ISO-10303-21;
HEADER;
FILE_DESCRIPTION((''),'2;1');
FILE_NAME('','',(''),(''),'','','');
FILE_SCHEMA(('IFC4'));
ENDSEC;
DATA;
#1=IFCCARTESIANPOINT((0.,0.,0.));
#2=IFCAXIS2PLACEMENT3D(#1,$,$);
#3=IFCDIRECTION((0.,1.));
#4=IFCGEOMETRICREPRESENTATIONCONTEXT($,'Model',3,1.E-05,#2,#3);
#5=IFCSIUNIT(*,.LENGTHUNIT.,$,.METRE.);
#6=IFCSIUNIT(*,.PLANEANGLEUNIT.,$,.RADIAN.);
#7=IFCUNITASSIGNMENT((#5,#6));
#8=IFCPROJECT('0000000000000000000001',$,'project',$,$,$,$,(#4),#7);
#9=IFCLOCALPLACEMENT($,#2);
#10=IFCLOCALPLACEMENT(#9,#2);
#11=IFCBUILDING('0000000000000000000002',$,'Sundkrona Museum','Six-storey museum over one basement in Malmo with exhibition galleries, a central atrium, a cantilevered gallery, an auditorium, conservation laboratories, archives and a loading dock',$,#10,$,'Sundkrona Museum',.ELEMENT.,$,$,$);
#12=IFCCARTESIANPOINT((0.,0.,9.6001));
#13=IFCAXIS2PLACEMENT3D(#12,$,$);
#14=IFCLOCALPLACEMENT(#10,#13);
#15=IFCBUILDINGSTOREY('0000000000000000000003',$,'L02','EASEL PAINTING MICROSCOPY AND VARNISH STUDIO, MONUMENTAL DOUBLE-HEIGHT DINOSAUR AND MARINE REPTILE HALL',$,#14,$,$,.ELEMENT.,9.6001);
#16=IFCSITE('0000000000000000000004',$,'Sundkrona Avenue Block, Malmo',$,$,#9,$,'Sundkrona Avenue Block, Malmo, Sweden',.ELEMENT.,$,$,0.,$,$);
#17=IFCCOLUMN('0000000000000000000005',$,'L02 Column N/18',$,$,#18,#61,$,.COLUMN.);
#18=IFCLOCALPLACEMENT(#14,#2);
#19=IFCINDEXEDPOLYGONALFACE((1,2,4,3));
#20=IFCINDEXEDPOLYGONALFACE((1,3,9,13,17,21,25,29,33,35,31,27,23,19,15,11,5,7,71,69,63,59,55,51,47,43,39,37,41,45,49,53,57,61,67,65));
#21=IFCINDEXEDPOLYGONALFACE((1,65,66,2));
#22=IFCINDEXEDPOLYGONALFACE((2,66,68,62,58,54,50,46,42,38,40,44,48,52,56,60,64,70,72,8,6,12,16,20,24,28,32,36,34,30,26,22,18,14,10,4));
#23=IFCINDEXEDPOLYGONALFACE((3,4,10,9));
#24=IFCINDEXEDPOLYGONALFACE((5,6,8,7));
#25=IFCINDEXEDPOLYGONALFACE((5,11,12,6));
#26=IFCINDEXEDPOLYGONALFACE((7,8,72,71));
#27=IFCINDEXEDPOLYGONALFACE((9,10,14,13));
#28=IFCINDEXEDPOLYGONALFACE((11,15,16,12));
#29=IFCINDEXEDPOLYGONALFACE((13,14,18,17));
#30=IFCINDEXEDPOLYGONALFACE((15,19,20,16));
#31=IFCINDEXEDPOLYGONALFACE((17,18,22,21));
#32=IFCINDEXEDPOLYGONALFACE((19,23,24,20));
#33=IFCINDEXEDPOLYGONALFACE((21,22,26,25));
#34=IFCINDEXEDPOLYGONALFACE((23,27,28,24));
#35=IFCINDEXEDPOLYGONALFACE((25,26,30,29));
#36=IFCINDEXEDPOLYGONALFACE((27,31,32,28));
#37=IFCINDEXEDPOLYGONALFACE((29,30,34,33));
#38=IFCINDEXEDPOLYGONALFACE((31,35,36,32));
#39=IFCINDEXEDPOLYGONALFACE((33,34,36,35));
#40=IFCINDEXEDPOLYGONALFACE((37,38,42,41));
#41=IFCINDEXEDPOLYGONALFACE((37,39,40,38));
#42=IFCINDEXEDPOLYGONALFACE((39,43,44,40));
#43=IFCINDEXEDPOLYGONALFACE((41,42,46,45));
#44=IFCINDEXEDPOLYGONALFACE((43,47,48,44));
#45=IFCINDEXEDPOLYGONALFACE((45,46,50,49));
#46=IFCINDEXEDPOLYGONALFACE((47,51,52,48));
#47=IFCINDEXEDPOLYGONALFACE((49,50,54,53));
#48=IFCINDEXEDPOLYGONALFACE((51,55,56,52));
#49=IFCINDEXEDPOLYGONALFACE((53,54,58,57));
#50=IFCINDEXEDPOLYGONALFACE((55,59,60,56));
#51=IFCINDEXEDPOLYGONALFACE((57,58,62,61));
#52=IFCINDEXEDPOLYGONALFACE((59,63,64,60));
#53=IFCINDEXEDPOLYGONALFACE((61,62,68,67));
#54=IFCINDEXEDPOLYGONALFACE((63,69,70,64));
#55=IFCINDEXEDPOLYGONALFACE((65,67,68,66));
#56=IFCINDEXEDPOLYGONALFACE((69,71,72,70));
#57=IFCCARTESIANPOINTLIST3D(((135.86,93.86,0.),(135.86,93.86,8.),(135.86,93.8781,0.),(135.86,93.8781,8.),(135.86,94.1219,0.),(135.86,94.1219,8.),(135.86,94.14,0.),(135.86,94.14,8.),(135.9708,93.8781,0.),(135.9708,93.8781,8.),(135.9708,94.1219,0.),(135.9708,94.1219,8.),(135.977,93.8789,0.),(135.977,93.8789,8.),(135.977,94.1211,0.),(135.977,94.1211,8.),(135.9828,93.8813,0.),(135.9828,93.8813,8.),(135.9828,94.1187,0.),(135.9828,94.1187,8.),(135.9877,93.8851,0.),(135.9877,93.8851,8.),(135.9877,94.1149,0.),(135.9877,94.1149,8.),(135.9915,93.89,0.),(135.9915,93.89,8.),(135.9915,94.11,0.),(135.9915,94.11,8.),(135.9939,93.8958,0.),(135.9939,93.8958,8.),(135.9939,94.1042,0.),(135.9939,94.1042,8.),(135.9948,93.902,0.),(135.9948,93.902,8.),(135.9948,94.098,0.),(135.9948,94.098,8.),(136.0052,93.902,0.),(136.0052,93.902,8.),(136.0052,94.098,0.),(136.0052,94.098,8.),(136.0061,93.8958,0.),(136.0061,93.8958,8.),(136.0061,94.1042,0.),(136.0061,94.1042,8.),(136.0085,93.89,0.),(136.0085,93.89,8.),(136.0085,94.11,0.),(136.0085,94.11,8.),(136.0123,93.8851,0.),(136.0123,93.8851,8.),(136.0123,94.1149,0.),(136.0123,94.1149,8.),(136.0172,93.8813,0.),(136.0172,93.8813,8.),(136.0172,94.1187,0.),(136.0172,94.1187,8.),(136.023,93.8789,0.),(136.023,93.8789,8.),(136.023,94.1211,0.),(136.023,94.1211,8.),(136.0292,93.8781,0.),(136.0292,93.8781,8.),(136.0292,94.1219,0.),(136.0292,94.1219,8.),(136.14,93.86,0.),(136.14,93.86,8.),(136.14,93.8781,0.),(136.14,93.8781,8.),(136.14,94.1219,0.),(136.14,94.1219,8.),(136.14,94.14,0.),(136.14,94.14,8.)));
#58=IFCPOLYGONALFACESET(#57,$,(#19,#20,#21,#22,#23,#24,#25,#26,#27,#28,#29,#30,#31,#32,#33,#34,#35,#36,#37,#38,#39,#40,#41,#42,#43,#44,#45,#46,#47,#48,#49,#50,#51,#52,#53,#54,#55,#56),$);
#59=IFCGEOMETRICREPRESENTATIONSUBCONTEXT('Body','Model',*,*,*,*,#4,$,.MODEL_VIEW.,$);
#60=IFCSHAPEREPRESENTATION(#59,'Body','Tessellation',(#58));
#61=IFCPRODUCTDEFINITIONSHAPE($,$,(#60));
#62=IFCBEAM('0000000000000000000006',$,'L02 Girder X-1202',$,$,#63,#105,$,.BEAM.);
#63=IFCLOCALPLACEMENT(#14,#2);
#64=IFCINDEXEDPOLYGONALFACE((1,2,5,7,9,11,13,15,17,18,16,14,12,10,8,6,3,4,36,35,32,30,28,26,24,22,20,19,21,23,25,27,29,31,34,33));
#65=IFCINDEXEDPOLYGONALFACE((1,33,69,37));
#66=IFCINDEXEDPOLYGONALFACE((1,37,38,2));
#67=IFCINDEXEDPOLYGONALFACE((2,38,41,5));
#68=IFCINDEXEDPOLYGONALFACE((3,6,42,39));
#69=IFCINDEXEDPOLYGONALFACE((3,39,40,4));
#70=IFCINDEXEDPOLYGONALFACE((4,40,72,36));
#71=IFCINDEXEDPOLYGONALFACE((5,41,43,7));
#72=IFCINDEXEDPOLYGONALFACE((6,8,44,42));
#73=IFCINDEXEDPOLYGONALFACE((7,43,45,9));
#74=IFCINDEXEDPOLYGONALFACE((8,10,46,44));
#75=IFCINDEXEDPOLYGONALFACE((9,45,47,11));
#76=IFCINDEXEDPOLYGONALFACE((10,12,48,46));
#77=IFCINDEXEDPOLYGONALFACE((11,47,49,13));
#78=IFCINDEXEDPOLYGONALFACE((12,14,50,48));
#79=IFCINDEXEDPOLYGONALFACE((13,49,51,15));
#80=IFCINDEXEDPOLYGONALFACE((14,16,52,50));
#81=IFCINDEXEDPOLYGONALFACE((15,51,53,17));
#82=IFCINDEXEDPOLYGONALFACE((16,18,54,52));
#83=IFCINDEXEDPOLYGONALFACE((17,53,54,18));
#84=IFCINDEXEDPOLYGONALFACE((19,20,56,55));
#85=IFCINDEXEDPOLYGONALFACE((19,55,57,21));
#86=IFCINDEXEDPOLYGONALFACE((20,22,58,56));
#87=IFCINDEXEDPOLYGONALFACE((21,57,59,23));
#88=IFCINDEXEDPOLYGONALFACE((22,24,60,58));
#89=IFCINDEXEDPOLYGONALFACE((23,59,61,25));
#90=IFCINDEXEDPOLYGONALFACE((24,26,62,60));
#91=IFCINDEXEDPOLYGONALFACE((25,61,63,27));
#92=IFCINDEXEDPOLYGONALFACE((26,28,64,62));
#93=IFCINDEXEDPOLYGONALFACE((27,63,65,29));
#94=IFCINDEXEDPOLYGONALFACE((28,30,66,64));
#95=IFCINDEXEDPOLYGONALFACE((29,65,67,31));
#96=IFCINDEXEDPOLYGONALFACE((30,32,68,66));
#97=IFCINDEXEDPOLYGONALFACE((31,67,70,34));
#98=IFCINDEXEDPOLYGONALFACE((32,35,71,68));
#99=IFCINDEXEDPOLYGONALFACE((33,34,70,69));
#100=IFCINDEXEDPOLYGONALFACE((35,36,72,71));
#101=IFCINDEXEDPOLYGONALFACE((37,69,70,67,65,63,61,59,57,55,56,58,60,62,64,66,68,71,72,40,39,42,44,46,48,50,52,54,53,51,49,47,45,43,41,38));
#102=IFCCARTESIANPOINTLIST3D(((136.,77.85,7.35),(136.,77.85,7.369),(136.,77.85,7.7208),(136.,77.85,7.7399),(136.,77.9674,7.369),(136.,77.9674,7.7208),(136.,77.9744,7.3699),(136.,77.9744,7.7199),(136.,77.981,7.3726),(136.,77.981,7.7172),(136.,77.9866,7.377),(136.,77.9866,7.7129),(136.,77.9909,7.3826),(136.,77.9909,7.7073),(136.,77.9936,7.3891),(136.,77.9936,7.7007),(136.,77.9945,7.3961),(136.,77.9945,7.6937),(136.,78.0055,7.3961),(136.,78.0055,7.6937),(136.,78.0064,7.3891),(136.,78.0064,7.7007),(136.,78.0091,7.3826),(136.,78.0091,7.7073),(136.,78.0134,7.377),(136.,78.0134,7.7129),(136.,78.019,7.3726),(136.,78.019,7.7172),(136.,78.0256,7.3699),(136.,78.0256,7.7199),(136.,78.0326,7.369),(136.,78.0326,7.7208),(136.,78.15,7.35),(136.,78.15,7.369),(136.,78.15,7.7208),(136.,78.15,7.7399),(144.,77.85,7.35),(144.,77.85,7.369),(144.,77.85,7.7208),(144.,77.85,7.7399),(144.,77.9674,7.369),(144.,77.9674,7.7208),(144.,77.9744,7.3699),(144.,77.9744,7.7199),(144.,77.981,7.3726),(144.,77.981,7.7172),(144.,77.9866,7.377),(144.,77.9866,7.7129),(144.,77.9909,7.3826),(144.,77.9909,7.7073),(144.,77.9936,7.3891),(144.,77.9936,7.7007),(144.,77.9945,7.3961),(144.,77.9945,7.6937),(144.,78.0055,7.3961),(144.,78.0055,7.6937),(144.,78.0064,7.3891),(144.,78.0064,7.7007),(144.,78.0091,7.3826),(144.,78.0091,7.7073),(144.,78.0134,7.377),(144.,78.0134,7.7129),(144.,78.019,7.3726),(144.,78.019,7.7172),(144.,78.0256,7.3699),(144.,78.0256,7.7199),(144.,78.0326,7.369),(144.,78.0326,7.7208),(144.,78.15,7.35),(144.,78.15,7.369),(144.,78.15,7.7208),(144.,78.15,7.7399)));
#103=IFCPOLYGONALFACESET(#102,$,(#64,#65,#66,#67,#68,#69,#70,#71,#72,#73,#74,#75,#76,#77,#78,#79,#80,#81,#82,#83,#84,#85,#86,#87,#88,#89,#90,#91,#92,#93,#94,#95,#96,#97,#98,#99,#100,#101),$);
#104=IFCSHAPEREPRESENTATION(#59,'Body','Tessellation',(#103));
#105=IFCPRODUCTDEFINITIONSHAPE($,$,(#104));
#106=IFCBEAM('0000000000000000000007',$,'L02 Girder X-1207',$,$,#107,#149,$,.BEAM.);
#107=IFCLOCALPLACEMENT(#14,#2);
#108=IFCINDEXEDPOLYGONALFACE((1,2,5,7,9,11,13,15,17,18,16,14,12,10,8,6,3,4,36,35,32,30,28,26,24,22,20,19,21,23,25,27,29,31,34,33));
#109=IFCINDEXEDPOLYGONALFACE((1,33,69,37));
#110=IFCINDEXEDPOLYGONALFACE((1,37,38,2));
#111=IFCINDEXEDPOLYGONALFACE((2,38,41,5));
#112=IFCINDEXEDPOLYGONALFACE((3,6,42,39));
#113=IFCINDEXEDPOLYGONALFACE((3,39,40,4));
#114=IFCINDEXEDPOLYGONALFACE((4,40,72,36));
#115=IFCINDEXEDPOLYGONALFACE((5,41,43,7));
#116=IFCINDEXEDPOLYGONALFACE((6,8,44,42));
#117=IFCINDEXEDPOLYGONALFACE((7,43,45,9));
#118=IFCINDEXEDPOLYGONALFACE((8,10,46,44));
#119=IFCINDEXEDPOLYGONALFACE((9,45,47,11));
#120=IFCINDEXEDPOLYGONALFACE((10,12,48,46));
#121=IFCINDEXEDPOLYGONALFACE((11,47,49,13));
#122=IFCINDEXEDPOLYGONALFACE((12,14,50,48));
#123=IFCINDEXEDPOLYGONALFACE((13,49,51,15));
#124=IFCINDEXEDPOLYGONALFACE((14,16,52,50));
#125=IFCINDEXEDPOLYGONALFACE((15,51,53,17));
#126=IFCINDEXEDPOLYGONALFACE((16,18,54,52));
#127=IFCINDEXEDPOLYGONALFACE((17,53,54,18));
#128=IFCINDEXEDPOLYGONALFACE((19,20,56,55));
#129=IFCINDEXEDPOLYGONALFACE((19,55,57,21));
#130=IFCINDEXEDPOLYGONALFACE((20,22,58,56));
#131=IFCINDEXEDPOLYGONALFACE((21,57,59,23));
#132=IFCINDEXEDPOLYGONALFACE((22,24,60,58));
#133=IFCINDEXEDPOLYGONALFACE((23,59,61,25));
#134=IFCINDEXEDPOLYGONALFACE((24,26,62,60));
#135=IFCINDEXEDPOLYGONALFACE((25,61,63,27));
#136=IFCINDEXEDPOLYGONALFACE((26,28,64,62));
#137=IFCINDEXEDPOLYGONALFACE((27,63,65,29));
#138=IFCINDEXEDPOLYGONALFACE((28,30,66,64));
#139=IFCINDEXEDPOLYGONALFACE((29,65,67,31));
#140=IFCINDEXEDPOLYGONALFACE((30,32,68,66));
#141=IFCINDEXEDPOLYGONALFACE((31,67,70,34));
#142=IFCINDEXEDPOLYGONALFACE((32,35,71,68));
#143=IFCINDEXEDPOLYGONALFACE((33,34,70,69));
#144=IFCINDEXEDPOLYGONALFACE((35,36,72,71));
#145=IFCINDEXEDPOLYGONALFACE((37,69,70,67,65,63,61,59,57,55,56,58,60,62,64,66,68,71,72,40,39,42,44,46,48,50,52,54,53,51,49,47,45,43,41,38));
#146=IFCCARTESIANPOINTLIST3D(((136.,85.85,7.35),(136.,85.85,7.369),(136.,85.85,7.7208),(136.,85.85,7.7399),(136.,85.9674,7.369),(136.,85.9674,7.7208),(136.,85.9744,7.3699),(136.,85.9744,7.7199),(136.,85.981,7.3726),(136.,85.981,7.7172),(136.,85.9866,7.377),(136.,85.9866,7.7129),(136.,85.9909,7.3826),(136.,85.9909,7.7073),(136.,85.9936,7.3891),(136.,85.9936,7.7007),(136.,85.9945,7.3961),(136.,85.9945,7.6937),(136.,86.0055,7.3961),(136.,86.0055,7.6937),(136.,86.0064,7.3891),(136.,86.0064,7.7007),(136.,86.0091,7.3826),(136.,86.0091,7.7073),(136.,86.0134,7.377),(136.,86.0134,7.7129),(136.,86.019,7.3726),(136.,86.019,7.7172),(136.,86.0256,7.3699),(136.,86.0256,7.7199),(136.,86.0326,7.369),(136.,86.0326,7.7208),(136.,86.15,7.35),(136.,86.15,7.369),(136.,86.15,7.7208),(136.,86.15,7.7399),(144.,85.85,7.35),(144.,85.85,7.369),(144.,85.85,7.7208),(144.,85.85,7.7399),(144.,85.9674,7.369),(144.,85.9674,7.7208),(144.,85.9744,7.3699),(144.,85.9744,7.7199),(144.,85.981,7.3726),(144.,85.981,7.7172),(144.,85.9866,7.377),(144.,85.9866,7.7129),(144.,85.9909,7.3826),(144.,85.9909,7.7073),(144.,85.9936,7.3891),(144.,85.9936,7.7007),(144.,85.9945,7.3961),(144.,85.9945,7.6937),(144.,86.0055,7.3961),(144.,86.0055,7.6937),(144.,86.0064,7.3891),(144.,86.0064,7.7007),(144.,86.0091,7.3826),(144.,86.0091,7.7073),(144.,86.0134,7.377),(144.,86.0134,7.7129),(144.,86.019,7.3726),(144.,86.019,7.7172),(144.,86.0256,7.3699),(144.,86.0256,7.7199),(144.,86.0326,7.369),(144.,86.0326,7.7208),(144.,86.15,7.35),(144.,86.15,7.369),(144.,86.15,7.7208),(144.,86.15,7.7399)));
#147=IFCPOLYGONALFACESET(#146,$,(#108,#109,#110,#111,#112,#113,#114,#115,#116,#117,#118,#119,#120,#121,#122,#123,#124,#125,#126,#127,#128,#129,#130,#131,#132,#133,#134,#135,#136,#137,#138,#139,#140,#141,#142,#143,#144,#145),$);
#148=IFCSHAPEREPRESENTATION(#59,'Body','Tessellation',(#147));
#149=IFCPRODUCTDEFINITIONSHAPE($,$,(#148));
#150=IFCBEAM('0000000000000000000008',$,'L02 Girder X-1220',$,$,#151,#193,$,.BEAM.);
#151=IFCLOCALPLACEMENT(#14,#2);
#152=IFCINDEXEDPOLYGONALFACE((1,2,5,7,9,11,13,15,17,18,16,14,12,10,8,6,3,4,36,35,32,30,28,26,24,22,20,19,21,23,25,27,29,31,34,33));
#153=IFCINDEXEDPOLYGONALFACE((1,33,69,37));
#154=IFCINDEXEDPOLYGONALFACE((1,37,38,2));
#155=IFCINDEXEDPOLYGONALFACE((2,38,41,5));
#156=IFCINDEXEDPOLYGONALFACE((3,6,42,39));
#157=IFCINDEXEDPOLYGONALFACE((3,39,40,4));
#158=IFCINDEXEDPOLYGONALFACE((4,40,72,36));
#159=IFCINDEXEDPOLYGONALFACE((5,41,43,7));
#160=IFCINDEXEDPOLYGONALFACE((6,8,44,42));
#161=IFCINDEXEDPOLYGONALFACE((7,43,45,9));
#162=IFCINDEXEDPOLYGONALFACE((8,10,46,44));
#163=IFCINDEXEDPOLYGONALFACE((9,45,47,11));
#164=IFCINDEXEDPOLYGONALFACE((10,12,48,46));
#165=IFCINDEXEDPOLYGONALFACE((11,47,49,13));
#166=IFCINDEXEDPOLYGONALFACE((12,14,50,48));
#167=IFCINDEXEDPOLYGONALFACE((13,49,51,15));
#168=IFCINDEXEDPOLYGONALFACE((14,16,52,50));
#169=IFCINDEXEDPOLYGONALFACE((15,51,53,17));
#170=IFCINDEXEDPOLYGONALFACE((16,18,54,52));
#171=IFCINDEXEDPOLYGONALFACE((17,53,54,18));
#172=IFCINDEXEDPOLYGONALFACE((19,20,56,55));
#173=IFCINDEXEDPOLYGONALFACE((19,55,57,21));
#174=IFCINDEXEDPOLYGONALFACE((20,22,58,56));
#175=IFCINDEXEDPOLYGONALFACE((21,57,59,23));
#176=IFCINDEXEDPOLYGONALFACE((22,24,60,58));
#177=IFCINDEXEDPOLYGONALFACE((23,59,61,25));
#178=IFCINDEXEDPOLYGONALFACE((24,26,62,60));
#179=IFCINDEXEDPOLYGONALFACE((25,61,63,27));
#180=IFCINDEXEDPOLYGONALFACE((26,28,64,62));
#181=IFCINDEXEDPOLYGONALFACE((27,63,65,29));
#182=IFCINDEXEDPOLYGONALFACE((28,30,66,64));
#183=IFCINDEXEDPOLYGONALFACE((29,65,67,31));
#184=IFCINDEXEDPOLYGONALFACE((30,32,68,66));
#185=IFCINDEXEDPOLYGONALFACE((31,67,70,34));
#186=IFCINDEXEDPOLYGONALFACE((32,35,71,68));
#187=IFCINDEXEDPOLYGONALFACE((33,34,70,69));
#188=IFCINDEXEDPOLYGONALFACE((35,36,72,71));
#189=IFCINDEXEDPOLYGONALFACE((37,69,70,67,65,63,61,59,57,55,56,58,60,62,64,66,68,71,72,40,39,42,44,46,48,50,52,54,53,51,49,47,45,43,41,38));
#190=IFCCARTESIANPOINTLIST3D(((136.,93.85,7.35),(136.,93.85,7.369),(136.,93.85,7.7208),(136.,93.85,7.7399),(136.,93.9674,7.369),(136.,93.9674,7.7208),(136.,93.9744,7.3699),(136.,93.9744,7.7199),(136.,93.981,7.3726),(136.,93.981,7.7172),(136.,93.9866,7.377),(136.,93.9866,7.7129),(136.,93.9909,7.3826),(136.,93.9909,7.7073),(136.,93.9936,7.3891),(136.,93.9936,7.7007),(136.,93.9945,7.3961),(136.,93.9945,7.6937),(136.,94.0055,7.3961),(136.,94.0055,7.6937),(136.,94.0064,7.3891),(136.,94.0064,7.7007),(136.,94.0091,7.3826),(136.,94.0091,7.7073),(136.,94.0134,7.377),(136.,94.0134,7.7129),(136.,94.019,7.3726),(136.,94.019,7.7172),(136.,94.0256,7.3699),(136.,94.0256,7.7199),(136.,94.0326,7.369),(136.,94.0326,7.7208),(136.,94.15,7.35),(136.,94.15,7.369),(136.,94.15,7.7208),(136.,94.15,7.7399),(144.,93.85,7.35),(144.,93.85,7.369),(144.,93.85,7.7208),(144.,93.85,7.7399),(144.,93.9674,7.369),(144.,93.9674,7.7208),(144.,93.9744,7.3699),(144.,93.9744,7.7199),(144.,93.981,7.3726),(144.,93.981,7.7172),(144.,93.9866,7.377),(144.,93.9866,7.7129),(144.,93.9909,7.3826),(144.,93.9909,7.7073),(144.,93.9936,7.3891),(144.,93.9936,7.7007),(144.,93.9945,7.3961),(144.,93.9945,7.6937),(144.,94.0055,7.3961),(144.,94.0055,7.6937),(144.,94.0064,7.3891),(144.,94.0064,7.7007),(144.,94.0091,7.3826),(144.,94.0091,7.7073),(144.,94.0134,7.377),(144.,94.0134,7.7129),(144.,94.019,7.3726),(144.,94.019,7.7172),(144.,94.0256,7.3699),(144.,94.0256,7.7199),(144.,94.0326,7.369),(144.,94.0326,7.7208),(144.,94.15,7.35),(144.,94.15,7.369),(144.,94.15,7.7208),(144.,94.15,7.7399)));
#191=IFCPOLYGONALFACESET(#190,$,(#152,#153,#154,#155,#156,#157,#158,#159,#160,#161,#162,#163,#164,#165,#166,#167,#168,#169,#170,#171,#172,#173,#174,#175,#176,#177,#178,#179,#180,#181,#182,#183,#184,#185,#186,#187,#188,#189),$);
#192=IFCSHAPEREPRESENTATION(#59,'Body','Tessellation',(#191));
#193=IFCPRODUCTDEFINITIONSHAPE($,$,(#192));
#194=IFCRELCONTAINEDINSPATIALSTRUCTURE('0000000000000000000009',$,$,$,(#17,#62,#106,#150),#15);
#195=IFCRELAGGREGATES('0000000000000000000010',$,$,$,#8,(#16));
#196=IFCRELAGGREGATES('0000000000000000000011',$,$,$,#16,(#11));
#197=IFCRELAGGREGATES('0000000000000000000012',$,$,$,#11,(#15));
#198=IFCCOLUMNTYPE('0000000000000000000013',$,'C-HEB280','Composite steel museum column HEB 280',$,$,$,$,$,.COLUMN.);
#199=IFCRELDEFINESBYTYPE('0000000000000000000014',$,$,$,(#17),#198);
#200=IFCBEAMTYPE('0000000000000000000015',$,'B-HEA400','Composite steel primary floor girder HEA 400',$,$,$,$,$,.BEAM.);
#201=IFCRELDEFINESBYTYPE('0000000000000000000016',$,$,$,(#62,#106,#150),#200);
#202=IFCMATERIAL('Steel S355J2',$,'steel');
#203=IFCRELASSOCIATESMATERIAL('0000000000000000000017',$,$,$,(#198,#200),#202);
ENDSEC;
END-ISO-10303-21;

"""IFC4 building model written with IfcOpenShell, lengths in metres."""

from ifc_helpers import new_model, si_unit, direction, frame, origin, origin_2d, place, context, subcontext, project, spatial, i_section, extrude, material, material_profile, profile_set, type_object, element, save


model = new_model("IFC4")

# Units and contexts
model_context = context("Model", 3, precision=1e-05, world=origin(), true_north=direction((0.0, 1.0)))
body_context = subcontext(model_context, "Body", "Model", "MODEL_VIEW")
ifc_project = project(units=[si_unit("LENGTHUNIT", "METRE"), si_unit("PLANEANGLEUNIT", "RADIAN")], contexts=[model_context])

# Site, building, storey
site_placement = place(None, origin())
site = spatial("IfcSite", under=ifc_project, at=site_placement, Name="Sundkrona Avenue Block, Malmo", LongName="Sundkrona Avenue Block, Malmo, Sweden", CompositionType="ELEMENT", RefElevation=0.0)
building_placement = place(site_placement, origin())
building = spatial("IfcBuilding", under=site, at=building_placement, Name="Sundkrona Museum", Description="Six-storey museum over one basement in Malmo with exhibition galleries, a central atrium, a cantilevered gallery, an auditorium, conservation laboratories, archives and a loading dock", LongName="Sundkrona Museum", CompositionType="ELEMENT")
storey_placement = place(building_placement, frame((0.0, 0.0, 9.6001)))
storey = spatial("IfcBuildingStorey", under=building, at=storey_placement, Name="L02", Description="EASEL PAINTING MICROSCOPY AND VARNISH STUDIO, MONUMENTAL DOUBLE-HEIGHT DINOSAUR AND MARINE REPTILE HALL", CompositionType="ELEMENT", Elevation=9.6001)

# Column
ifc_material_1 = material(Name="Steel S355J2", Category="steel")
ifc_material_profile_1 = material_profile(ifc_material_1, i_section(OverallWidth=0.28, OverallDepth=0.28, WebThickness=0.0105, FlangeThickness=0.0181, FilletRadius=0.0239, at=origin_2d()), Name="HEB 280")
ifc_profile_set_1 = profile_set([ifc_material_profile_1], Name="Steel S355J2")
column_type = type_object("IfcColumnType", Name="C-HEB280", Description="Composite steel museum column HEB 280", PredefinedType="COLUMN", material=ifc_profile_set_1)
for number, where, z_axis, x_axis, name in (
    (1, (136.0, 94.0, 0.0), (0.0, 0.0, 1.0), (1.0, 0.0, 0.0), "L02 Column N/18"),
):
    element("IfcColumn", number, at=place(storey_placement, frame(where, z_axis=z_axis, x_axis=x_axis)), inside=storey, type_object=column_type, Name=name, PredefinedType="COLUMN", context=body_context, shape_type="SweptSolid", body=[
        extrude(i_section(OverallWidth=0.28, OverallDepth=0.28, WebThickness=0.0105, FlangeThickness=0.0181, FilletRadius=0.0239, at=origin_2d()), origin(), (0.0, 0.0, 1.0), 8.0),
    ])

# Beams
ifc_material_profile_2 = material_profile(ifc_material_1, i_section(OverallWidth=0.3, OverallDepth=0.3899, WebThickness=0.011, FlangeThickness=0.019, FilletRadius=0.0271, at=origin_2d()), Name="HEA 400")
ifc_profile_set_2 = profile_set([ifc_material_profile_2], Name="Steel S355J2")
beam_type_1 = type_object("IfcBeamType", Name="B-HEA400", Description="Composite steel primary floor girder HEA 400", PredefinedType="BEAM", material=ifc_profile_set_2)
for number, where, z_axis, x_axis, name in (
    (2, (136.0, 78.0, 7.5449), (1.0, 0.0, 0.0), (0.0, 1.0, 0.0), "L02 Girder X-1202"),
    (3, (136.0, 86.0, 7.5449), (1.0, 0.0, 0.0), (0.0, 1.0, 0.0), "L02 Girder X-1207"),
    (4, (136.0, 94.0, 7.5449), (1.0, 0.0, 0.0), (0.0, 1.0, 0.0), "L02 Girder X-1220"),
):
    element("IfcBeam", number, at=place(storey_placement, frame(where, z_axis=z_axis, x_axis=x_axis)), inside=storey, type_object=beam_type_1, Name=name, PredefinedType="BEAM", context=body_context, shape_type="SweptSolid", body=[
        extrude(i_section(OverallWidth=0.3, OverallDepth=0.3899, WebThickness=0.011, FlangeThickness=0.019, FilletRadius=0.0271, at=origin_2d()), origin(), (0.0, 0.0, 1.0), 8.0),
    ])

save(model, "model.ifc")
